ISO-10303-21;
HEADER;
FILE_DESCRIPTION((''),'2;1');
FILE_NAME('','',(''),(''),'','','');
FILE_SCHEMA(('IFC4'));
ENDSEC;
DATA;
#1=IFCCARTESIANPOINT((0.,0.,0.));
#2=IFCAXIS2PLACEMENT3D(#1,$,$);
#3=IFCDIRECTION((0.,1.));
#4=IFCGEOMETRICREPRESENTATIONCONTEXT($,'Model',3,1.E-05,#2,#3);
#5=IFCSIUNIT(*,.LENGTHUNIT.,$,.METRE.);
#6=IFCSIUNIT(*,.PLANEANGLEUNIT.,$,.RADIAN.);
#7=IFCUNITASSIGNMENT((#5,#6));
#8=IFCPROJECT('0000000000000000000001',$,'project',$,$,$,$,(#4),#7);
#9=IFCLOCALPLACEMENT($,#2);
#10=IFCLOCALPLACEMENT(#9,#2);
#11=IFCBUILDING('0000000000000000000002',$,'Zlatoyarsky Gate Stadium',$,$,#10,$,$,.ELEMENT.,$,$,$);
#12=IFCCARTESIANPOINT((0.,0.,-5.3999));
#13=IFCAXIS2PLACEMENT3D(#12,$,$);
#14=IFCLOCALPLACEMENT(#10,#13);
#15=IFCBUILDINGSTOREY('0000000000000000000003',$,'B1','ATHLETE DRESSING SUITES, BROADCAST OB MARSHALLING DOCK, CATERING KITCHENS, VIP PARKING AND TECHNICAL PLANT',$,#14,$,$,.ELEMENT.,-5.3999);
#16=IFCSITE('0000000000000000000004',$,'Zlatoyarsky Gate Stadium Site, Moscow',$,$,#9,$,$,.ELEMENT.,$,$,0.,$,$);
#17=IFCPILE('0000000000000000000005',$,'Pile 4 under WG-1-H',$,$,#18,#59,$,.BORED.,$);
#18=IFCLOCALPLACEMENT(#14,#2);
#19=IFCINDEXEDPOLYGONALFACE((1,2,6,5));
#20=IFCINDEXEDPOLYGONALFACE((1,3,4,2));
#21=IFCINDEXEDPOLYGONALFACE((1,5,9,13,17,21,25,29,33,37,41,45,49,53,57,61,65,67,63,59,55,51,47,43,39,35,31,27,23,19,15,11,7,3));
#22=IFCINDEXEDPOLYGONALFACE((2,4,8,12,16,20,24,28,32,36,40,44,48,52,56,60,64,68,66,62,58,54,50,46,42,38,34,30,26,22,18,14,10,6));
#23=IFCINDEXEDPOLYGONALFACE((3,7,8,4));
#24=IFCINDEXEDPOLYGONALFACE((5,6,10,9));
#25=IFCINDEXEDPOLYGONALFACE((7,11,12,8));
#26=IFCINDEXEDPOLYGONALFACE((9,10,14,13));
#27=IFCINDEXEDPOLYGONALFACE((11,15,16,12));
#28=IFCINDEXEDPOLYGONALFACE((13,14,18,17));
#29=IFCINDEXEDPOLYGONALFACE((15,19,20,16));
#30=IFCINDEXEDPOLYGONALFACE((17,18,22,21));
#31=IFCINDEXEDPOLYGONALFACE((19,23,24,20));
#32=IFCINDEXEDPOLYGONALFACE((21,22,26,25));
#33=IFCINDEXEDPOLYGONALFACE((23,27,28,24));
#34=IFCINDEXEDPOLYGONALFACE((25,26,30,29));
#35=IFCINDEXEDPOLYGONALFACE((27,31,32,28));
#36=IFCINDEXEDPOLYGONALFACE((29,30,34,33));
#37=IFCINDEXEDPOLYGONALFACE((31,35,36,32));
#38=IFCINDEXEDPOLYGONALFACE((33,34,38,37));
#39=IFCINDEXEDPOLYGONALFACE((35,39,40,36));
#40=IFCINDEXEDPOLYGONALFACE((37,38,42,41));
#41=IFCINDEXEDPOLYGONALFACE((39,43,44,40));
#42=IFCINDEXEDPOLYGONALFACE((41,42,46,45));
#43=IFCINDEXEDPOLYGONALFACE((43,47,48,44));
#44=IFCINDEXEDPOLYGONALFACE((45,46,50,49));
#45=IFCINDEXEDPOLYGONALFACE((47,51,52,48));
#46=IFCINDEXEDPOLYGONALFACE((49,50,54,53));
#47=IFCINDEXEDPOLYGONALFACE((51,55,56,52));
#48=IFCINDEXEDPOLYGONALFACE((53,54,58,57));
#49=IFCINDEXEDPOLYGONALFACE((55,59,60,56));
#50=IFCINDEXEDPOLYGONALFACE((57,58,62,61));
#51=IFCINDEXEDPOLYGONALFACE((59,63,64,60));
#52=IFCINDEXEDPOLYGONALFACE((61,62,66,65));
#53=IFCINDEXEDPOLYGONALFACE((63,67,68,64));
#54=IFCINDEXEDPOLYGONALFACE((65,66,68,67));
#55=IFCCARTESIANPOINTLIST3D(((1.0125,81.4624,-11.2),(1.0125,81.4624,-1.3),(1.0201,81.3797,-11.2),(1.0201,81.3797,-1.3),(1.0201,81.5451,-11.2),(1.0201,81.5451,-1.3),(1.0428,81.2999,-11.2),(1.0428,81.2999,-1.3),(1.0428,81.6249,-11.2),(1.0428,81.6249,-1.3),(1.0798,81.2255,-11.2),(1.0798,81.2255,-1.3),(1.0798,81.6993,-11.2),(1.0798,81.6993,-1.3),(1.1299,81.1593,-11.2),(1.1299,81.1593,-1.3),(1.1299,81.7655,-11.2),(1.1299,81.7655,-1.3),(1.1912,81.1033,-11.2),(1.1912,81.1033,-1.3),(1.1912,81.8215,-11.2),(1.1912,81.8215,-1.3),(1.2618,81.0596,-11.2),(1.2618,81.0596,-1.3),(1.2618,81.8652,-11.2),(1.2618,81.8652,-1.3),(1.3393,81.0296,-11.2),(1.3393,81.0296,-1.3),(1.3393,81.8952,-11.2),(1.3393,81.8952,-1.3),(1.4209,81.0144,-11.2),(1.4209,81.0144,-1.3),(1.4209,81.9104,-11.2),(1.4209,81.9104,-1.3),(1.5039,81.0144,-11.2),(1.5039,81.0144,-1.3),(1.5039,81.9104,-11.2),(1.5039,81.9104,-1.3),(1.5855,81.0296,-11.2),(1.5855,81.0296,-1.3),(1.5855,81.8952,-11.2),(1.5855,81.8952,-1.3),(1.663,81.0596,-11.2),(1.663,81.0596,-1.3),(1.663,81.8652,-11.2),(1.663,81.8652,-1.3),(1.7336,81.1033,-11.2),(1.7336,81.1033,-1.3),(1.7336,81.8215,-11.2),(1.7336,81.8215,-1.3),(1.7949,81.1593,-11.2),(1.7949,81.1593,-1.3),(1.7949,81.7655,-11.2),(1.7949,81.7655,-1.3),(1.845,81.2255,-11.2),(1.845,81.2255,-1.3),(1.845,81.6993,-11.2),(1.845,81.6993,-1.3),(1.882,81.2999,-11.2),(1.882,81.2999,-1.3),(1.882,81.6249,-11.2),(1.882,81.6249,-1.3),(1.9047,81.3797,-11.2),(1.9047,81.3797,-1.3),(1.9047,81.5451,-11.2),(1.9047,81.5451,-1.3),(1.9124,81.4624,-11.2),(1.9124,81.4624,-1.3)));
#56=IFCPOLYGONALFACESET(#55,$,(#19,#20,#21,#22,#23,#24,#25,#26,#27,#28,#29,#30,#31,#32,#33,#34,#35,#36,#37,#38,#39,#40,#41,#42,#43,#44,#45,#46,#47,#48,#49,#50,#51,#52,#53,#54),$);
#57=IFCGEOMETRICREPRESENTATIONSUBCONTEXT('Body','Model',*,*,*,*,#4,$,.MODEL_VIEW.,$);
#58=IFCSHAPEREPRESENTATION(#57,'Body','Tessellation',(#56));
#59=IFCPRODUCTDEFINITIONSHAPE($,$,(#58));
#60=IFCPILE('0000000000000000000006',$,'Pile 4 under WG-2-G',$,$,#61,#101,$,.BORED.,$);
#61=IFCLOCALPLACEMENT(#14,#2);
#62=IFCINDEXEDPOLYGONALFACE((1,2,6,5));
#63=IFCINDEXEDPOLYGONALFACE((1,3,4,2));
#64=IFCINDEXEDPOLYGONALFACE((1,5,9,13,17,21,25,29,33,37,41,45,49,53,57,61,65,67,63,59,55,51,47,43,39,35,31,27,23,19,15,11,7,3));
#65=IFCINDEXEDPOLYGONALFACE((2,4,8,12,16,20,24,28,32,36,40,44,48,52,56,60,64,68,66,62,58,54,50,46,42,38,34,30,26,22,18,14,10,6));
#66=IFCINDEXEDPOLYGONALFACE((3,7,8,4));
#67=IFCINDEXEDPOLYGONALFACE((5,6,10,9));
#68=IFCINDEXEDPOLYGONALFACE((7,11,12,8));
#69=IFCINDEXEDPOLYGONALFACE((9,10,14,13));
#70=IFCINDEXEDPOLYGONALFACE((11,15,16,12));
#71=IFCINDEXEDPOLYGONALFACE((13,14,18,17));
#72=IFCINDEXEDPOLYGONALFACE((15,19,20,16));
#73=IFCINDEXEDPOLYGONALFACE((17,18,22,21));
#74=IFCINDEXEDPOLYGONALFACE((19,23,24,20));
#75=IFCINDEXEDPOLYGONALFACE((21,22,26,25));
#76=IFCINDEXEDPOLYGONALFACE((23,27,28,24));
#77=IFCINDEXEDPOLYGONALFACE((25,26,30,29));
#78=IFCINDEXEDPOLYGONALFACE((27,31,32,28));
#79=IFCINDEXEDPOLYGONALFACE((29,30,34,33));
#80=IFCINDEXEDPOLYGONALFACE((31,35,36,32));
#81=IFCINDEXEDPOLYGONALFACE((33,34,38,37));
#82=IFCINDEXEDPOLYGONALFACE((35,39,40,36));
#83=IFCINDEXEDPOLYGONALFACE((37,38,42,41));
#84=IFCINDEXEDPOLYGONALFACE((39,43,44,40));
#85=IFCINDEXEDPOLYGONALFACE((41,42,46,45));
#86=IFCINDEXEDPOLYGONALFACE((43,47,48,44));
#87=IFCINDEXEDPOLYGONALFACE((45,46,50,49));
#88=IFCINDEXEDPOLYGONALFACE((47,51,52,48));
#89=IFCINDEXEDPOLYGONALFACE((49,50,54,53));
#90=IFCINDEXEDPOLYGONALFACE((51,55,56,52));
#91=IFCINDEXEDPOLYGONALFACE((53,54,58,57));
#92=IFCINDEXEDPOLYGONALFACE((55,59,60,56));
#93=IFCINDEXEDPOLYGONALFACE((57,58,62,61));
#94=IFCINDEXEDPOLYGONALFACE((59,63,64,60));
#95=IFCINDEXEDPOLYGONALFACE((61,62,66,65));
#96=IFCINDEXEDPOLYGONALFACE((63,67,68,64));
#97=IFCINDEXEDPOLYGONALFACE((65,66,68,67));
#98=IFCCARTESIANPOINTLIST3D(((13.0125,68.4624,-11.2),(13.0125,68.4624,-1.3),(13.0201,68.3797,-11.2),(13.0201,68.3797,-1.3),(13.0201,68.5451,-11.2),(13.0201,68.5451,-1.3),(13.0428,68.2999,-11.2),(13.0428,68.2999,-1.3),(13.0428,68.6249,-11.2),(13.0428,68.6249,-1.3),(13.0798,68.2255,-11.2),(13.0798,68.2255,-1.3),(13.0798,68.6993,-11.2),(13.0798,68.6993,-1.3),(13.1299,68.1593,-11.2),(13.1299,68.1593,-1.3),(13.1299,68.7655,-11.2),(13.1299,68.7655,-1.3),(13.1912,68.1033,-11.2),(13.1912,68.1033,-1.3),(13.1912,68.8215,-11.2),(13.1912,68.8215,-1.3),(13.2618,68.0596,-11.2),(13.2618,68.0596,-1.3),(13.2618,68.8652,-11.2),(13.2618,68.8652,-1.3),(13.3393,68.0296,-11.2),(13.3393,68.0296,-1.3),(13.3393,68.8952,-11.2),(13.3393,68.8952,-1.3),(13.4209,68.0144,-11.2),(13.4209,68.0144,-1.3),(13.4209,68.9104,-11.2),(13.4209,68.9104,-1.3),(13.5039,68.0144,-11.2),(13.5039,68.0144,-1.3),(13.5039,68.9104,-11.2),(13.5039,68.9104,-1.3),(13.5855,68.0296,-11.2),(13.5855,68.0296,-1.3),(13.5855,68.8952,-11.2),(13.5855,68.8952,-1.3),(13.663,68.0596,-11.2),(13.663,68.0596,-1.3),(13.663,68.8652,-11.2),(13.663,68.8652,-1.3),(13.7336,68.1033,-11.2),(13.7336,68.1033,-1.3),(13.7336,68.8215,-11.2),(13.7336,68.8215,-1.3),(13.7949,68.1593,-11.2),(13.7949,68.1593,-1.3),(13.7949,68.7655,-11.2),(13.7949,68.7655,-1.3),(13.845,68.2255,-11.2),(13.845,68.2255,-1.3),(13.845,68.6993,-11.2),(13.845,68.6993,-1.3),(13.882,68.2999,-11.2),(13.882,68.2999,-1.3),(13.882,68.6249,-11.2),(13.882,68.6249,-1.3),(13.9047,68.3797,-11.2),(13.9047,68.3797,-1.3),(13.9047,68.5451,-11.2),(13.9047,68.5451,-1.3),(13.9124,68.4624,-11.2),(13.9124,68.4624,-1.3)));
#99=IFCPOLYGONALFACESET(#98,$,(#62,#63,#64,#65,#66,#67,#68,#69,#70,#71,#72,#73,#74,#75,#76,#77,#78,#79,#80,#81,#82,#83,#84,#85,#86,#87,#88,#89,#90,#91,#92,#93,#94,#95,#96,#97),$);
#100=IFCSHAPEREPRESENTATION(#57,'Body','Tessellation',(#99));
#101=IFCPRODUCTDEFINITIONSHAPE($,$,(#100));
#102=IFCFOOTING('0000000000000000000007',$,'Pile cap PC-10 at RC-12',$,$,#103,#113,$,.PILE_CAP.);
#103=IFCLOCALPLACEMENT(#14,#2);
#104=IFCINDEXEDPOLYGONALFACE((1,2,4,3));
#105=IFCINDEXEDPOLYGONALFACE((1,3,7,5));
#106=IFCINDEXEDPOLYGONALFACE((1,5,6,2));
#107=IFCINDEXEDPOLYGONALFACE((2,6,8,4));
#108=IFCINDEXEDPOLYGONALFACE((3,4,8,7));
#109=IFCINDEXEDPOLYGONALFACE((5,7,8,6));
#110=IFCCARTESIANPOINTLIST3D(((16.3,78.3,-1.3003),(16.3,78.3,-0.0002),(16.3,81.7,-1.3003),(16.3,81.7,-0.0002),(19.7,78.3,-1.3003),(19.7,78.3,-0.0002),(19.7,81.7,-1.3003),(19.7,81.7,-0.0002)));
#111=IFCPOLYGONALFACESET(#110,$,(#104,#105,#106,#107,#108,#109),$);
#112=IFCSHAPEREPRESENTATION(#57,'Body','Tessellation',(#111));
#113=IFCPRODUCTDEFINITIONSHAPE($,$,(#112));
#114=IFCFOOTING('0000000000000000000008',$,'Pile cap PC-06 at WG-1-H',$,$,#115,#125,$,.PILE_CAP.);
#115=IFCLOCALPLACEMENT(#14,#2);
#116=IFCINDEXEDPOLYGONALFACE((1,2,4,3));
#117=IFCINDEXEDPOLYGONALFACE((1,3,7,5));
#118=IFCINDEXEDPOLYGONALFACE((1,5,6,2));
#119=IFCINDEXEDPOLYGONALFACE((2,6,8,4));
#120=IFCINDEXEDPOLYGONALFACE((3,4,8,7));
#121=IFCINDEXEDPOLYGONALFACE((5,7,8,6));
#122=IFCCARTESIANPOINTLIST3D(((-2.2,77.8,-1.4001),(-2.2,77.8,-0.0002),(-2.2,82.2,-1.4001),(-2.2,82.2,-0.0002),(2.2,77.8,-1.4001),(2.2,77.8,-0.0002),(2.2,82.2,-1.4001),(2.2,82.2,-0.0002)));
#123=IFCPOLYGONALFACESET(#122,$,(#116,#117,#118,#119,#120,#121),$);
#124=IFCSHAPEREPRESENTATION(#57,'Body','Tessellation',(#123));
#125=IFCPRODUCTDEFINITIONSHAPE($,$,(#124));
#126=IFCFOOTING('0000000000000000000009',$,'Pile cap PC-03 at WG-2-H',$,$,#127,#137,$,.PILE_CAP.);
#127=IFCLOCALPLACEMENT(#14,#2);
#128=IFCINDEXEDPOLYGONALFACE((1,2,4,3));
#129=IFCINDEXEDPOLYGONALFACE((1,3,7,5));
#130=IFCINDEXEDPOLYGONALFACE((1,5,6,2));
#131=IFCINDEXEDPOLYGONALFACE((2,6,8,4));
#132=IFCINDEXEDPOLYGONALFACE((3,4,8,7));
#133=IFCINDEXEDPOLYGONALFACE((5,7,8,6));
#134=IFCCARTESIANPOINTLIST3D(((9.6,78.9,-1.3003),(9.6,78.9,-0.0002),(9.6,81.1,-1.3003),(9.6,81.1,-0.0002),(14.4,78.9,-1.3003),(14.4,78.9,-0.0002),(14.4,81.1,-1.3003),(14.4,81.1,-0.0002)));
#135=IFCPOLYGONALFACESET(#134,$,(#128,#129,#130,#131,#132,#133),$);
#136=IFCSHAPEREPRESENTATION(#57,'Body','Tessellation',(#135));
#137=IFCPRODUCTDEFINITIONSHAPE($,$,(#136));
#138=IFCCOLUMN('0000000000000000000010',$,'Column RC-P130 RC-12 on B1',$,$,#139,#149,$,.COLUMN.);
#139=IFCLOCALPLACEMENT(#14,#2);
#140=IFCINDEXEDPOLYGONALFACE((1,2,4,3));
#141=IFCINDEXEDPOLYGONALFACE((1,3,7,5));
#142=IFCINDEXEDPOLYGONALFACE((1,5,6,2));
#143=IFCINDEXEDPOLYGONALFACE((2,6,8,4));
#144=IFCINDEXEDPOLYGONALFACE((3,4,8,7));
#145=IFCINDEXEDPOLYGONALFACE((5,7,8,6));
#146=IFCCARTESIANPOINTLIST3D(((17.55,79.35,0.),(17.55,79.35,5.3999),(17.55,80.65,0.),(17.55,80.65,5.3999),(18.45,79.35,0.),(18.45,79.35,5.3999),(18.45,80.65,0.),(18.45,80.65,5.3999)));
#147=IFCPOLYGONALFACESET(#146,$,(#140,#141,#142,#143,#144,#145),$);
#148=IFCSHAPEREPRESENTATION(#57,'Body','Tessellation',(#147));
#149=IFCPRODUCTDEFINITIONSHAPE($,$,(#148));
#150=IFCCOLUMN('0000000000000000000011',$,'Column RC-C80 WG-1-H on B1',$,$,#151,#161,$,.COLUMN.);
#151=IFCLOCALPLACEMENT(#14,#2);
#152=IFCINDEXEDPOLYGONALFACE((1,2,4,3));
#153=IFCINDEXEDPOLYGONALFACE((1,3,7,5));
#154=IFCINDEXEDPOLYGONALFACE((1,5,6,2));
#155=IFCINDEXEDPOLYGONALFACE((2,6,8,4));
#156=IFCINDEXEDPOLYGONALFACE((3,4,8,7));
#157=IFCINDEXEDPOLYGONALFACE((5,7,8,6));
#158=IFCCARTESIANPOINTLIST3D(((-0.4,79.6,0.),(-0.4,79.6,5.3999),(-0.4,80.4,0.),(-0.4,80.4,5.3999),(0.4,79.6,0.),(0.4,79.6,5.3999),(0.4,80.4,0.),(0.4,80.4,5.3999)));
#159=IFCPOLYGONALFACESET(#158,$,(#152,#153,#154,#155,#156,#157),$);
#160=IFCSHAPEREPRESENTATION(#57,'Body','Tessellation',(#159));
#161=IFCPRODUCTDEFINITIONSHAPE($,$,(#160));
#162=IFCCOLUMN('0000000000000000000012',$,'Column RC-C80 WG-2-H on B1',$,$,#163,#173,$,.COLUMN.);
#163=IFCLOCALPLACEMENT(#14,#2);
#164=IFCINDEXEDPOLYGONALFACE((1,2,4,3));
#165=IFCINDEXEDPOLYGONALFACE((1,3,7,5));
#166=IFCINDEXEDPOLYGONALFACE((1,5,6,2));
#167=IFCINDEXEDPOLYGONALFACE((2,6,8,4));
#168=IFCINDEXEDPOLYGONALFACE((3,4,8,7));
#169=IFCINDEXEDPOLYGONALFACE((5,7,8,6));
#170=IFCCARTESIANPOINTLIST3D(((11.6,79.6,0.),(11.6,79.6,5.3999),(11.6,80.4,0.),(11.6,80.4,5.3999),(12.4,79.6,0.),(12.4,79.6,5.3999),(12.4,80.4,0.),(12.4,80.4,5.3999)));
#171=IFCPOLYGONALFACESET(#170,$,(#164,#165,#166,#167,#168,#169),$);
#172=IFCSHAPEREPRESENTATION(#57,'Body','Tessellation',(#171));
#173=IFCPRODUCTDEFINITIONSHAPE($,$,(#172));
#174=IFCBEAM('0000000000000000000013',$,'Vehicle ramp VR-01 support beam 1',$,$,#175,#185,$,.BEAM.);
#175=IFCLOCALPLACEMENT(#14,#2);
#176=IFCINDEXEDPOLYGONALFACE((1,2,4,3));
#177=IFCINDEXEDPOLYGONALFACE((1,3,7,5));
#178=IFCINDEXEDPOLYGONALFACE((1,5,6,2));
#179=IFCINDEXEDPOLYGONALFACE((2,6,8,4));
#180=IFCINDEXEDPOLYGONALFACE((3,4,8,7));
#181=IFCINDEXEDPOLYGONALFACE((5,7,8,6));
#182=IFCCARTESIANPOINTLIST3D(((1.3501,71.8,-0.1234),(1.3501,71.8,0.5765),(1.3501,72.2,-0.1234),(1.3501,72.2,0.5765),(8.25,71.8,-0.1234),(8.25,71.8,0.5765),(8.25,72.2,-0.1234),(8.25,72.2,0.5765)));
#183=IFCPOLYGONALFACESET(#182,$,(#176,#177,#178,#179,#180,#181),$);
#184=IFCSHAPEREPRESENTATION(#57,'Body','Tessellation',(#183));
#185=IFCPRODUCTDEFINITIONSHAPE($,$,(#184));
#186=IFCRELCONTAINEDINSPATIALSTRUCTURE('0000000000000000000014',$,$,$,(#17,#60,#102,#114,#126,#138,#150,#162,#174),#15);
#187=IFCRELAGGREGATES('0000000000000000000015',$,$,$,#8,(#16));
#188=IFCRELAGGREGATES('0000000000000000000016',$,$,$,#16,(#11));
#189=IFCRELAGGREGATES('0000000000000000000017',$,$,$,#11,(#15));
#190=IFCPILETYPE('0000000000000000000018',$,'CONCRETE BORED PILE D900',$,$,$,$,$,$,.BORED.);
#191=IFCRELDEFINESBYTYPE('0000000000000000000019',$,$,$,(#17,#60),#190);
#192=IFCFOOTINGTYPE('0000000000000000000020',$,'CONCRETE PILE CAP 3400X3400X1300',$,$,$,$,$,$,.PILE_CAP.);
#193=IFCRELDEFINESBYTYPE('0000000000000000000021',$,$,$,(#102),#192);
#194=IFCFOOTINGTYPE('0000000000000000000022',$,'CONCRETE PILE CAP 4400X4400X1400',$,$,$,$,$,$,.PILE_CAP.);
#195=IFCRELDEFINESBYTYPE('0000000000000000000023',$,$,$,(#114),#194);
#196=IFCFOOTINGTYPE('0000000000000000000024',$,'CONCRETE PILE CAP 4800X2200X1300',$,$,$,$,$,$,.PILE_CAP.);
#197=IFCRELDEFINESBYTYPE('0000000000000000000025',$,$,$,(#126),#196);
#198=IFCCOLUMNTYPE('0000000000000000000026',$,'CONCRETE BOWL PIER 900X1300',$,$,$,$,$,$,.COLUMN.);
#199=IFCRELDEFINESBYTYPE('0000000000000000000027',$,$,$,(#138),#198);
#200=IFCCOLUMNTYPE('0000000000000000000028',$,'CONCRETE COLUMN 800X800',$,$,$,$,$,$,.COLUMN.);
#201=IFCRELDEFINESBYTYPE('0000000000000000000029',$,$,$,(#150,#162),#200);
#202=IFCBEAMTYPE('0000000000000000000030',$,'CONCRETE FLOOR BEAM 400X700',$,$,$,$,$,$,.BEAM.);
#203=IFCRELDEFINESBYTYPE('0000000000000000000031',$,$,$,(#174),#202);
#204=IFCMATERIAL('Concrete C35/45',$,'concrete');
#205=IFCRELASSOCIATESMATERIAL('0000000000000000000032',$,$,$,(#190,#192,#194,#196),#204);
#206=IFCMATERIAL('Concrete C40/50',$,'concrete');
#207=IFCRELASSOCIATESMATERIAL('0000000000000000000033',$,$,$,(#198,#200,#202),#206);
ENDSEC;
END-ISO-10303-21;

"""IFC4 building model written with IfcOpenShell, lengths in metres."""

from ifc_helpers import new_model, si_unit, direction, frame, origin, origin_2d, place, context, subcontext, project, spatial, rectangle, circle, extrude, material, material_profile, profile_set, type_object, element, save


model = new_model("IFC4")

# Units and contexts
model_context = context("Model", 3, precision=1e-05, world=origin(), true_north=direction((0.0, 1.0)))
body_context = subcontext(model_context, "Body", "Model", "MODEL_VIEW")
ifc_project = project(units=[si_unit("LENGTHUNIT", "METRE"), si_unit("PLANEANGLEUNIT", "RADIAN")], contexts=[model_context])

# Site, building, storey
site_placement = place(None, origin())
site = spatial("IfcSite", under=ifc_project, at=site_placement, Name="Zlatoyarsky Gate Stadium Site, Moscow", CompositionType="ELEMENT", RefElevation=0.0)
building_placement = place(site_placement, origin())
building = spatial("IfcBuilding", under=site, at=building_placement, Name="Zlatoyarsky Gate Stadium", CompositionType="ELEMENT")
storey_placement = place(building_placement, frame((0.0, 0.0, -5.3999)))
storey = spatial("IfcBuildingStorey", under=building, at=storey_placement, Name="B1", Description="ATHLETE DRESSING SUITES, BROADCAST OB MARSHALLING DOCK, CATERING KITCHENS, VIP PARKING AND TECHNICAL PLANT", CompositionType="ELEMENT", Elevation=-5.3999)

# Piles
ifc_material_1 = material(Name="Concrete C35/45", Category="concrete")
ifc_material_profile_1 = material_profile(ifc_material_1, circle(Radius=0.45, at=origin_2d()), Name="BORED PILE D900")
ifc_profile_set_1 = profile_set([ifc_material_profile_1], Name="Concrete C35/45")
pile_type_1 = type_object("IfcPileType", Name="CONCRETE BORED PILE D900", PredefinedType="BORED", material=ifc_profile_set_1)
for number, where, z_axis, x_axis, name in (
    (1, (1.4624, 81.4624, -1.3), (0.0, 0.0, -1.0), (1.0, 0.0, 0.0), "Pile 4 under WG-1-H"),
    (2, (13.4624, 68.4624, -1.3), (0.0, 0.0, -1.0), (1.0, 0.0, 0.0), "Pile 4 under WG-2-G"),
):
    element("IfcPile", number, at=place(storey_placement, frame(where, z_axis=z_axis, x_axis=x_axis)), inside=storey, type_object=pile_type_1, Name=name, PredefinedType="BORED", context=body_context, shape_type="SweptSolid", body=[
        extrude(circle(Radius=0.45, at=origin_2d()), origin(), (0.0, 0.0, 1.0), 9.8999),
    ])

# Footings
footing_type_1 = type_object("IfcFootingType", Name="CONCRETE PILE CAP 3400X3400X1300", PredefinedType="PILE_CAP", material=ifc_material_1)
footing_1_placement = place(storey_placement, frame((18.0, 80.0, -1.3003), z_axis=(0.0, 0.0, 1.0), x_axis=(-1.0, 0.0, 0.0)))
element("IfcFooting", 3, at=footing_1_placement, inside=storey, type_object=footing_type_1, Name="Pile cap PC-10 at RC-12", PredefinedType="PILE_CAP", context=body_context, shape_type="SweptSolid", body=[
    extrude(rectangle(XDim=3.3999, YDim=3.3999, at=origin_2d()), origin(), (0.0, 0.0, 1.0), 1.3),
])
footing_type_2 = type_object("IfcFootingType", Name="CONCRETE PILE CAP 4400X4400X1400", PredefinedType="PILE_CAP", material=ifc_material_1)
footing_2_placement = place(storey_placement, frame((0.0, 80.0, -1.4001), z_axis=(0.0, 0.0, 1.0), x_axis=(1.0, 0.0, 0.0)))
element("IfcFooting", 4, at=footing_2_placement, inside=storey, type_object=footing_type_2, Name="Pile cap PC-06 at WG-1-H", PredefinedType="PILE_CAP", context=body_context, shape_type="SweptSolid", body=[
    extrude(rectangle(XDim=4.3999, YDim=4.3999, at=origin_2d()), origin(), (0.0, 0.0, 1.0), 1.3999),
])
footing_type_3 = type_object("IfcFootingType", Name="CONCRETE PILE CAP 4800X2200X1300", PredefinedType="PILE_CAP", material=ifc_material_1)
footing_3_placement = place(storey_placement, frame((12.0, 80.0, -1.3003), z_axis=(0.0, 0.0, 1.0), x_axis=(1.0, 0.0, 0.0)))
element("IfcFooting", 5, at=footing_3_placement, inside=storey, type_object=footing_type_3, Name="Pile cap PC-03 at WG-2-H", PredefinedType="PILE_CAP", context=body_context, shape_type="SweptSolid", body=[
    extrude(rectangle(XDim=4.8, YDim=2.2, at=origin_2d()), origin(), (0.0, 0.0, 1.0), 1.3),
])

# Columns
ifc_material_2 = material(Name="Concrete C40/50", Category="concrete")
ifc_material_profile_2 = material_profile(ifc_material_2, rectangle(XDim=0.8999, YDim=1.3, at=origin_2d()), Name="RC PIER 900X1300")
ifc_profile_set_2 = profile_set([ifc_material_profile_2], Name="Concrete C40/50")
column_type_1 = type_object("IfcColumnType", Name="CONCRETE BOWL PIER 900X1300", PredefinedType="COLUMN", material=ifc_profile_set_2)
column_placement = place(storey_placement, frame((18.0, 80.0, 0.0), z_axis=(0.0, 0.0, 1.0), x_axis=(-1.0, 0.0, 0.0)))
element("IfcColumn", 6, at=column_placement, inside=storey, type_object=column_type_1, Name="Column RC-P130 RC-12 on B1", PredefinedType="COLUMN", context=body_context, shape_type="SweptSolid", body=[
    extrude(rectangle(XDim=0.8999, YDim=1.3, at=origin_2d()), origin(), (0.0, 0.0, 1.0), 5.3999),
])
ifc_material_profile_3 = material_profile(ifc_material_2, rectangle(XDim=0.8, YDim=0.8, at=origin_2d()), Name="RC COL 800X800")
ifc_profile_set_3 = profile_set([ifc_material_profile_3], Name="Concrete C40/50")
column_type_2 = type_object("IfcColumnType", Name="CONCRETE COLUMN 800X800", PredefinedType="COLUMN", material=ifc_profile_set_3)
for number, where, z_axis, x_axis, name in (
    (7, (0.0, 80.0, 0.0), (0.0, 0.0, 1.0), (1.0, 0.0, 0.0), "Column RC-C80 WG-1-H on B1"),
    (8, (12.0, 80.0, 0.0), (0.0, 0.0, 1.0), (1.0, 0.0, 0.0), "Column RC-C80 WG-2-H on B1"),
):
    element("IfcColumn", number, at=place(storey_placement, frame(where, z_axis=z_axis, x_axis=x_axis)), inside=storey, type_object=column_type_2, Name=name, PredefinedType="COLUMN", context=body_context, shape_type="SweptSolid", body=[
        extrude(rectangle(XDim=0.8, YDim=0.8, at=origin_2d()), origin(), (0.0, 0.0, 1.0), 5.3999),
    ])

# Beam
ifc_material_profile_4 = material_profile(ifc_material_2, rectangle(XDim=0.3999, YDim=0.7, at=origin_2d()), Name="RC BEAM 400X700")
ifc_profile_set_4 = profile_set([ifc_material_profile_4], Name="Concrete C40/50")
beam_type = type_object("IfcBeamType", Name="CONCRETE FLOOR BEAM 400X700", PredefinedType="BEAM", material=ifc_profile_set_4)
beam_placement = place(storey_placement, frame((1.3501, 72.0, 0.2266), z_axis=(1.0, 0.0, 0.0), x_axis=(0.0, 1.0, 0.0)))
element("IfcBeam", 9, at=beam_placement, inside=storey, type_object=beam_type, Name="Vehicle ramp VR-01 support beam 1", PredefinedType="BEAM", context=body_context, shape_type="SweptSolid", body=[
    extrude(rectangle(XDim=0.3999, YDim=0.7, at=origin_2d()), origin(), (0.0, 0.0, 1.0), 6.8999),
])

save(model, "model.ifc")
